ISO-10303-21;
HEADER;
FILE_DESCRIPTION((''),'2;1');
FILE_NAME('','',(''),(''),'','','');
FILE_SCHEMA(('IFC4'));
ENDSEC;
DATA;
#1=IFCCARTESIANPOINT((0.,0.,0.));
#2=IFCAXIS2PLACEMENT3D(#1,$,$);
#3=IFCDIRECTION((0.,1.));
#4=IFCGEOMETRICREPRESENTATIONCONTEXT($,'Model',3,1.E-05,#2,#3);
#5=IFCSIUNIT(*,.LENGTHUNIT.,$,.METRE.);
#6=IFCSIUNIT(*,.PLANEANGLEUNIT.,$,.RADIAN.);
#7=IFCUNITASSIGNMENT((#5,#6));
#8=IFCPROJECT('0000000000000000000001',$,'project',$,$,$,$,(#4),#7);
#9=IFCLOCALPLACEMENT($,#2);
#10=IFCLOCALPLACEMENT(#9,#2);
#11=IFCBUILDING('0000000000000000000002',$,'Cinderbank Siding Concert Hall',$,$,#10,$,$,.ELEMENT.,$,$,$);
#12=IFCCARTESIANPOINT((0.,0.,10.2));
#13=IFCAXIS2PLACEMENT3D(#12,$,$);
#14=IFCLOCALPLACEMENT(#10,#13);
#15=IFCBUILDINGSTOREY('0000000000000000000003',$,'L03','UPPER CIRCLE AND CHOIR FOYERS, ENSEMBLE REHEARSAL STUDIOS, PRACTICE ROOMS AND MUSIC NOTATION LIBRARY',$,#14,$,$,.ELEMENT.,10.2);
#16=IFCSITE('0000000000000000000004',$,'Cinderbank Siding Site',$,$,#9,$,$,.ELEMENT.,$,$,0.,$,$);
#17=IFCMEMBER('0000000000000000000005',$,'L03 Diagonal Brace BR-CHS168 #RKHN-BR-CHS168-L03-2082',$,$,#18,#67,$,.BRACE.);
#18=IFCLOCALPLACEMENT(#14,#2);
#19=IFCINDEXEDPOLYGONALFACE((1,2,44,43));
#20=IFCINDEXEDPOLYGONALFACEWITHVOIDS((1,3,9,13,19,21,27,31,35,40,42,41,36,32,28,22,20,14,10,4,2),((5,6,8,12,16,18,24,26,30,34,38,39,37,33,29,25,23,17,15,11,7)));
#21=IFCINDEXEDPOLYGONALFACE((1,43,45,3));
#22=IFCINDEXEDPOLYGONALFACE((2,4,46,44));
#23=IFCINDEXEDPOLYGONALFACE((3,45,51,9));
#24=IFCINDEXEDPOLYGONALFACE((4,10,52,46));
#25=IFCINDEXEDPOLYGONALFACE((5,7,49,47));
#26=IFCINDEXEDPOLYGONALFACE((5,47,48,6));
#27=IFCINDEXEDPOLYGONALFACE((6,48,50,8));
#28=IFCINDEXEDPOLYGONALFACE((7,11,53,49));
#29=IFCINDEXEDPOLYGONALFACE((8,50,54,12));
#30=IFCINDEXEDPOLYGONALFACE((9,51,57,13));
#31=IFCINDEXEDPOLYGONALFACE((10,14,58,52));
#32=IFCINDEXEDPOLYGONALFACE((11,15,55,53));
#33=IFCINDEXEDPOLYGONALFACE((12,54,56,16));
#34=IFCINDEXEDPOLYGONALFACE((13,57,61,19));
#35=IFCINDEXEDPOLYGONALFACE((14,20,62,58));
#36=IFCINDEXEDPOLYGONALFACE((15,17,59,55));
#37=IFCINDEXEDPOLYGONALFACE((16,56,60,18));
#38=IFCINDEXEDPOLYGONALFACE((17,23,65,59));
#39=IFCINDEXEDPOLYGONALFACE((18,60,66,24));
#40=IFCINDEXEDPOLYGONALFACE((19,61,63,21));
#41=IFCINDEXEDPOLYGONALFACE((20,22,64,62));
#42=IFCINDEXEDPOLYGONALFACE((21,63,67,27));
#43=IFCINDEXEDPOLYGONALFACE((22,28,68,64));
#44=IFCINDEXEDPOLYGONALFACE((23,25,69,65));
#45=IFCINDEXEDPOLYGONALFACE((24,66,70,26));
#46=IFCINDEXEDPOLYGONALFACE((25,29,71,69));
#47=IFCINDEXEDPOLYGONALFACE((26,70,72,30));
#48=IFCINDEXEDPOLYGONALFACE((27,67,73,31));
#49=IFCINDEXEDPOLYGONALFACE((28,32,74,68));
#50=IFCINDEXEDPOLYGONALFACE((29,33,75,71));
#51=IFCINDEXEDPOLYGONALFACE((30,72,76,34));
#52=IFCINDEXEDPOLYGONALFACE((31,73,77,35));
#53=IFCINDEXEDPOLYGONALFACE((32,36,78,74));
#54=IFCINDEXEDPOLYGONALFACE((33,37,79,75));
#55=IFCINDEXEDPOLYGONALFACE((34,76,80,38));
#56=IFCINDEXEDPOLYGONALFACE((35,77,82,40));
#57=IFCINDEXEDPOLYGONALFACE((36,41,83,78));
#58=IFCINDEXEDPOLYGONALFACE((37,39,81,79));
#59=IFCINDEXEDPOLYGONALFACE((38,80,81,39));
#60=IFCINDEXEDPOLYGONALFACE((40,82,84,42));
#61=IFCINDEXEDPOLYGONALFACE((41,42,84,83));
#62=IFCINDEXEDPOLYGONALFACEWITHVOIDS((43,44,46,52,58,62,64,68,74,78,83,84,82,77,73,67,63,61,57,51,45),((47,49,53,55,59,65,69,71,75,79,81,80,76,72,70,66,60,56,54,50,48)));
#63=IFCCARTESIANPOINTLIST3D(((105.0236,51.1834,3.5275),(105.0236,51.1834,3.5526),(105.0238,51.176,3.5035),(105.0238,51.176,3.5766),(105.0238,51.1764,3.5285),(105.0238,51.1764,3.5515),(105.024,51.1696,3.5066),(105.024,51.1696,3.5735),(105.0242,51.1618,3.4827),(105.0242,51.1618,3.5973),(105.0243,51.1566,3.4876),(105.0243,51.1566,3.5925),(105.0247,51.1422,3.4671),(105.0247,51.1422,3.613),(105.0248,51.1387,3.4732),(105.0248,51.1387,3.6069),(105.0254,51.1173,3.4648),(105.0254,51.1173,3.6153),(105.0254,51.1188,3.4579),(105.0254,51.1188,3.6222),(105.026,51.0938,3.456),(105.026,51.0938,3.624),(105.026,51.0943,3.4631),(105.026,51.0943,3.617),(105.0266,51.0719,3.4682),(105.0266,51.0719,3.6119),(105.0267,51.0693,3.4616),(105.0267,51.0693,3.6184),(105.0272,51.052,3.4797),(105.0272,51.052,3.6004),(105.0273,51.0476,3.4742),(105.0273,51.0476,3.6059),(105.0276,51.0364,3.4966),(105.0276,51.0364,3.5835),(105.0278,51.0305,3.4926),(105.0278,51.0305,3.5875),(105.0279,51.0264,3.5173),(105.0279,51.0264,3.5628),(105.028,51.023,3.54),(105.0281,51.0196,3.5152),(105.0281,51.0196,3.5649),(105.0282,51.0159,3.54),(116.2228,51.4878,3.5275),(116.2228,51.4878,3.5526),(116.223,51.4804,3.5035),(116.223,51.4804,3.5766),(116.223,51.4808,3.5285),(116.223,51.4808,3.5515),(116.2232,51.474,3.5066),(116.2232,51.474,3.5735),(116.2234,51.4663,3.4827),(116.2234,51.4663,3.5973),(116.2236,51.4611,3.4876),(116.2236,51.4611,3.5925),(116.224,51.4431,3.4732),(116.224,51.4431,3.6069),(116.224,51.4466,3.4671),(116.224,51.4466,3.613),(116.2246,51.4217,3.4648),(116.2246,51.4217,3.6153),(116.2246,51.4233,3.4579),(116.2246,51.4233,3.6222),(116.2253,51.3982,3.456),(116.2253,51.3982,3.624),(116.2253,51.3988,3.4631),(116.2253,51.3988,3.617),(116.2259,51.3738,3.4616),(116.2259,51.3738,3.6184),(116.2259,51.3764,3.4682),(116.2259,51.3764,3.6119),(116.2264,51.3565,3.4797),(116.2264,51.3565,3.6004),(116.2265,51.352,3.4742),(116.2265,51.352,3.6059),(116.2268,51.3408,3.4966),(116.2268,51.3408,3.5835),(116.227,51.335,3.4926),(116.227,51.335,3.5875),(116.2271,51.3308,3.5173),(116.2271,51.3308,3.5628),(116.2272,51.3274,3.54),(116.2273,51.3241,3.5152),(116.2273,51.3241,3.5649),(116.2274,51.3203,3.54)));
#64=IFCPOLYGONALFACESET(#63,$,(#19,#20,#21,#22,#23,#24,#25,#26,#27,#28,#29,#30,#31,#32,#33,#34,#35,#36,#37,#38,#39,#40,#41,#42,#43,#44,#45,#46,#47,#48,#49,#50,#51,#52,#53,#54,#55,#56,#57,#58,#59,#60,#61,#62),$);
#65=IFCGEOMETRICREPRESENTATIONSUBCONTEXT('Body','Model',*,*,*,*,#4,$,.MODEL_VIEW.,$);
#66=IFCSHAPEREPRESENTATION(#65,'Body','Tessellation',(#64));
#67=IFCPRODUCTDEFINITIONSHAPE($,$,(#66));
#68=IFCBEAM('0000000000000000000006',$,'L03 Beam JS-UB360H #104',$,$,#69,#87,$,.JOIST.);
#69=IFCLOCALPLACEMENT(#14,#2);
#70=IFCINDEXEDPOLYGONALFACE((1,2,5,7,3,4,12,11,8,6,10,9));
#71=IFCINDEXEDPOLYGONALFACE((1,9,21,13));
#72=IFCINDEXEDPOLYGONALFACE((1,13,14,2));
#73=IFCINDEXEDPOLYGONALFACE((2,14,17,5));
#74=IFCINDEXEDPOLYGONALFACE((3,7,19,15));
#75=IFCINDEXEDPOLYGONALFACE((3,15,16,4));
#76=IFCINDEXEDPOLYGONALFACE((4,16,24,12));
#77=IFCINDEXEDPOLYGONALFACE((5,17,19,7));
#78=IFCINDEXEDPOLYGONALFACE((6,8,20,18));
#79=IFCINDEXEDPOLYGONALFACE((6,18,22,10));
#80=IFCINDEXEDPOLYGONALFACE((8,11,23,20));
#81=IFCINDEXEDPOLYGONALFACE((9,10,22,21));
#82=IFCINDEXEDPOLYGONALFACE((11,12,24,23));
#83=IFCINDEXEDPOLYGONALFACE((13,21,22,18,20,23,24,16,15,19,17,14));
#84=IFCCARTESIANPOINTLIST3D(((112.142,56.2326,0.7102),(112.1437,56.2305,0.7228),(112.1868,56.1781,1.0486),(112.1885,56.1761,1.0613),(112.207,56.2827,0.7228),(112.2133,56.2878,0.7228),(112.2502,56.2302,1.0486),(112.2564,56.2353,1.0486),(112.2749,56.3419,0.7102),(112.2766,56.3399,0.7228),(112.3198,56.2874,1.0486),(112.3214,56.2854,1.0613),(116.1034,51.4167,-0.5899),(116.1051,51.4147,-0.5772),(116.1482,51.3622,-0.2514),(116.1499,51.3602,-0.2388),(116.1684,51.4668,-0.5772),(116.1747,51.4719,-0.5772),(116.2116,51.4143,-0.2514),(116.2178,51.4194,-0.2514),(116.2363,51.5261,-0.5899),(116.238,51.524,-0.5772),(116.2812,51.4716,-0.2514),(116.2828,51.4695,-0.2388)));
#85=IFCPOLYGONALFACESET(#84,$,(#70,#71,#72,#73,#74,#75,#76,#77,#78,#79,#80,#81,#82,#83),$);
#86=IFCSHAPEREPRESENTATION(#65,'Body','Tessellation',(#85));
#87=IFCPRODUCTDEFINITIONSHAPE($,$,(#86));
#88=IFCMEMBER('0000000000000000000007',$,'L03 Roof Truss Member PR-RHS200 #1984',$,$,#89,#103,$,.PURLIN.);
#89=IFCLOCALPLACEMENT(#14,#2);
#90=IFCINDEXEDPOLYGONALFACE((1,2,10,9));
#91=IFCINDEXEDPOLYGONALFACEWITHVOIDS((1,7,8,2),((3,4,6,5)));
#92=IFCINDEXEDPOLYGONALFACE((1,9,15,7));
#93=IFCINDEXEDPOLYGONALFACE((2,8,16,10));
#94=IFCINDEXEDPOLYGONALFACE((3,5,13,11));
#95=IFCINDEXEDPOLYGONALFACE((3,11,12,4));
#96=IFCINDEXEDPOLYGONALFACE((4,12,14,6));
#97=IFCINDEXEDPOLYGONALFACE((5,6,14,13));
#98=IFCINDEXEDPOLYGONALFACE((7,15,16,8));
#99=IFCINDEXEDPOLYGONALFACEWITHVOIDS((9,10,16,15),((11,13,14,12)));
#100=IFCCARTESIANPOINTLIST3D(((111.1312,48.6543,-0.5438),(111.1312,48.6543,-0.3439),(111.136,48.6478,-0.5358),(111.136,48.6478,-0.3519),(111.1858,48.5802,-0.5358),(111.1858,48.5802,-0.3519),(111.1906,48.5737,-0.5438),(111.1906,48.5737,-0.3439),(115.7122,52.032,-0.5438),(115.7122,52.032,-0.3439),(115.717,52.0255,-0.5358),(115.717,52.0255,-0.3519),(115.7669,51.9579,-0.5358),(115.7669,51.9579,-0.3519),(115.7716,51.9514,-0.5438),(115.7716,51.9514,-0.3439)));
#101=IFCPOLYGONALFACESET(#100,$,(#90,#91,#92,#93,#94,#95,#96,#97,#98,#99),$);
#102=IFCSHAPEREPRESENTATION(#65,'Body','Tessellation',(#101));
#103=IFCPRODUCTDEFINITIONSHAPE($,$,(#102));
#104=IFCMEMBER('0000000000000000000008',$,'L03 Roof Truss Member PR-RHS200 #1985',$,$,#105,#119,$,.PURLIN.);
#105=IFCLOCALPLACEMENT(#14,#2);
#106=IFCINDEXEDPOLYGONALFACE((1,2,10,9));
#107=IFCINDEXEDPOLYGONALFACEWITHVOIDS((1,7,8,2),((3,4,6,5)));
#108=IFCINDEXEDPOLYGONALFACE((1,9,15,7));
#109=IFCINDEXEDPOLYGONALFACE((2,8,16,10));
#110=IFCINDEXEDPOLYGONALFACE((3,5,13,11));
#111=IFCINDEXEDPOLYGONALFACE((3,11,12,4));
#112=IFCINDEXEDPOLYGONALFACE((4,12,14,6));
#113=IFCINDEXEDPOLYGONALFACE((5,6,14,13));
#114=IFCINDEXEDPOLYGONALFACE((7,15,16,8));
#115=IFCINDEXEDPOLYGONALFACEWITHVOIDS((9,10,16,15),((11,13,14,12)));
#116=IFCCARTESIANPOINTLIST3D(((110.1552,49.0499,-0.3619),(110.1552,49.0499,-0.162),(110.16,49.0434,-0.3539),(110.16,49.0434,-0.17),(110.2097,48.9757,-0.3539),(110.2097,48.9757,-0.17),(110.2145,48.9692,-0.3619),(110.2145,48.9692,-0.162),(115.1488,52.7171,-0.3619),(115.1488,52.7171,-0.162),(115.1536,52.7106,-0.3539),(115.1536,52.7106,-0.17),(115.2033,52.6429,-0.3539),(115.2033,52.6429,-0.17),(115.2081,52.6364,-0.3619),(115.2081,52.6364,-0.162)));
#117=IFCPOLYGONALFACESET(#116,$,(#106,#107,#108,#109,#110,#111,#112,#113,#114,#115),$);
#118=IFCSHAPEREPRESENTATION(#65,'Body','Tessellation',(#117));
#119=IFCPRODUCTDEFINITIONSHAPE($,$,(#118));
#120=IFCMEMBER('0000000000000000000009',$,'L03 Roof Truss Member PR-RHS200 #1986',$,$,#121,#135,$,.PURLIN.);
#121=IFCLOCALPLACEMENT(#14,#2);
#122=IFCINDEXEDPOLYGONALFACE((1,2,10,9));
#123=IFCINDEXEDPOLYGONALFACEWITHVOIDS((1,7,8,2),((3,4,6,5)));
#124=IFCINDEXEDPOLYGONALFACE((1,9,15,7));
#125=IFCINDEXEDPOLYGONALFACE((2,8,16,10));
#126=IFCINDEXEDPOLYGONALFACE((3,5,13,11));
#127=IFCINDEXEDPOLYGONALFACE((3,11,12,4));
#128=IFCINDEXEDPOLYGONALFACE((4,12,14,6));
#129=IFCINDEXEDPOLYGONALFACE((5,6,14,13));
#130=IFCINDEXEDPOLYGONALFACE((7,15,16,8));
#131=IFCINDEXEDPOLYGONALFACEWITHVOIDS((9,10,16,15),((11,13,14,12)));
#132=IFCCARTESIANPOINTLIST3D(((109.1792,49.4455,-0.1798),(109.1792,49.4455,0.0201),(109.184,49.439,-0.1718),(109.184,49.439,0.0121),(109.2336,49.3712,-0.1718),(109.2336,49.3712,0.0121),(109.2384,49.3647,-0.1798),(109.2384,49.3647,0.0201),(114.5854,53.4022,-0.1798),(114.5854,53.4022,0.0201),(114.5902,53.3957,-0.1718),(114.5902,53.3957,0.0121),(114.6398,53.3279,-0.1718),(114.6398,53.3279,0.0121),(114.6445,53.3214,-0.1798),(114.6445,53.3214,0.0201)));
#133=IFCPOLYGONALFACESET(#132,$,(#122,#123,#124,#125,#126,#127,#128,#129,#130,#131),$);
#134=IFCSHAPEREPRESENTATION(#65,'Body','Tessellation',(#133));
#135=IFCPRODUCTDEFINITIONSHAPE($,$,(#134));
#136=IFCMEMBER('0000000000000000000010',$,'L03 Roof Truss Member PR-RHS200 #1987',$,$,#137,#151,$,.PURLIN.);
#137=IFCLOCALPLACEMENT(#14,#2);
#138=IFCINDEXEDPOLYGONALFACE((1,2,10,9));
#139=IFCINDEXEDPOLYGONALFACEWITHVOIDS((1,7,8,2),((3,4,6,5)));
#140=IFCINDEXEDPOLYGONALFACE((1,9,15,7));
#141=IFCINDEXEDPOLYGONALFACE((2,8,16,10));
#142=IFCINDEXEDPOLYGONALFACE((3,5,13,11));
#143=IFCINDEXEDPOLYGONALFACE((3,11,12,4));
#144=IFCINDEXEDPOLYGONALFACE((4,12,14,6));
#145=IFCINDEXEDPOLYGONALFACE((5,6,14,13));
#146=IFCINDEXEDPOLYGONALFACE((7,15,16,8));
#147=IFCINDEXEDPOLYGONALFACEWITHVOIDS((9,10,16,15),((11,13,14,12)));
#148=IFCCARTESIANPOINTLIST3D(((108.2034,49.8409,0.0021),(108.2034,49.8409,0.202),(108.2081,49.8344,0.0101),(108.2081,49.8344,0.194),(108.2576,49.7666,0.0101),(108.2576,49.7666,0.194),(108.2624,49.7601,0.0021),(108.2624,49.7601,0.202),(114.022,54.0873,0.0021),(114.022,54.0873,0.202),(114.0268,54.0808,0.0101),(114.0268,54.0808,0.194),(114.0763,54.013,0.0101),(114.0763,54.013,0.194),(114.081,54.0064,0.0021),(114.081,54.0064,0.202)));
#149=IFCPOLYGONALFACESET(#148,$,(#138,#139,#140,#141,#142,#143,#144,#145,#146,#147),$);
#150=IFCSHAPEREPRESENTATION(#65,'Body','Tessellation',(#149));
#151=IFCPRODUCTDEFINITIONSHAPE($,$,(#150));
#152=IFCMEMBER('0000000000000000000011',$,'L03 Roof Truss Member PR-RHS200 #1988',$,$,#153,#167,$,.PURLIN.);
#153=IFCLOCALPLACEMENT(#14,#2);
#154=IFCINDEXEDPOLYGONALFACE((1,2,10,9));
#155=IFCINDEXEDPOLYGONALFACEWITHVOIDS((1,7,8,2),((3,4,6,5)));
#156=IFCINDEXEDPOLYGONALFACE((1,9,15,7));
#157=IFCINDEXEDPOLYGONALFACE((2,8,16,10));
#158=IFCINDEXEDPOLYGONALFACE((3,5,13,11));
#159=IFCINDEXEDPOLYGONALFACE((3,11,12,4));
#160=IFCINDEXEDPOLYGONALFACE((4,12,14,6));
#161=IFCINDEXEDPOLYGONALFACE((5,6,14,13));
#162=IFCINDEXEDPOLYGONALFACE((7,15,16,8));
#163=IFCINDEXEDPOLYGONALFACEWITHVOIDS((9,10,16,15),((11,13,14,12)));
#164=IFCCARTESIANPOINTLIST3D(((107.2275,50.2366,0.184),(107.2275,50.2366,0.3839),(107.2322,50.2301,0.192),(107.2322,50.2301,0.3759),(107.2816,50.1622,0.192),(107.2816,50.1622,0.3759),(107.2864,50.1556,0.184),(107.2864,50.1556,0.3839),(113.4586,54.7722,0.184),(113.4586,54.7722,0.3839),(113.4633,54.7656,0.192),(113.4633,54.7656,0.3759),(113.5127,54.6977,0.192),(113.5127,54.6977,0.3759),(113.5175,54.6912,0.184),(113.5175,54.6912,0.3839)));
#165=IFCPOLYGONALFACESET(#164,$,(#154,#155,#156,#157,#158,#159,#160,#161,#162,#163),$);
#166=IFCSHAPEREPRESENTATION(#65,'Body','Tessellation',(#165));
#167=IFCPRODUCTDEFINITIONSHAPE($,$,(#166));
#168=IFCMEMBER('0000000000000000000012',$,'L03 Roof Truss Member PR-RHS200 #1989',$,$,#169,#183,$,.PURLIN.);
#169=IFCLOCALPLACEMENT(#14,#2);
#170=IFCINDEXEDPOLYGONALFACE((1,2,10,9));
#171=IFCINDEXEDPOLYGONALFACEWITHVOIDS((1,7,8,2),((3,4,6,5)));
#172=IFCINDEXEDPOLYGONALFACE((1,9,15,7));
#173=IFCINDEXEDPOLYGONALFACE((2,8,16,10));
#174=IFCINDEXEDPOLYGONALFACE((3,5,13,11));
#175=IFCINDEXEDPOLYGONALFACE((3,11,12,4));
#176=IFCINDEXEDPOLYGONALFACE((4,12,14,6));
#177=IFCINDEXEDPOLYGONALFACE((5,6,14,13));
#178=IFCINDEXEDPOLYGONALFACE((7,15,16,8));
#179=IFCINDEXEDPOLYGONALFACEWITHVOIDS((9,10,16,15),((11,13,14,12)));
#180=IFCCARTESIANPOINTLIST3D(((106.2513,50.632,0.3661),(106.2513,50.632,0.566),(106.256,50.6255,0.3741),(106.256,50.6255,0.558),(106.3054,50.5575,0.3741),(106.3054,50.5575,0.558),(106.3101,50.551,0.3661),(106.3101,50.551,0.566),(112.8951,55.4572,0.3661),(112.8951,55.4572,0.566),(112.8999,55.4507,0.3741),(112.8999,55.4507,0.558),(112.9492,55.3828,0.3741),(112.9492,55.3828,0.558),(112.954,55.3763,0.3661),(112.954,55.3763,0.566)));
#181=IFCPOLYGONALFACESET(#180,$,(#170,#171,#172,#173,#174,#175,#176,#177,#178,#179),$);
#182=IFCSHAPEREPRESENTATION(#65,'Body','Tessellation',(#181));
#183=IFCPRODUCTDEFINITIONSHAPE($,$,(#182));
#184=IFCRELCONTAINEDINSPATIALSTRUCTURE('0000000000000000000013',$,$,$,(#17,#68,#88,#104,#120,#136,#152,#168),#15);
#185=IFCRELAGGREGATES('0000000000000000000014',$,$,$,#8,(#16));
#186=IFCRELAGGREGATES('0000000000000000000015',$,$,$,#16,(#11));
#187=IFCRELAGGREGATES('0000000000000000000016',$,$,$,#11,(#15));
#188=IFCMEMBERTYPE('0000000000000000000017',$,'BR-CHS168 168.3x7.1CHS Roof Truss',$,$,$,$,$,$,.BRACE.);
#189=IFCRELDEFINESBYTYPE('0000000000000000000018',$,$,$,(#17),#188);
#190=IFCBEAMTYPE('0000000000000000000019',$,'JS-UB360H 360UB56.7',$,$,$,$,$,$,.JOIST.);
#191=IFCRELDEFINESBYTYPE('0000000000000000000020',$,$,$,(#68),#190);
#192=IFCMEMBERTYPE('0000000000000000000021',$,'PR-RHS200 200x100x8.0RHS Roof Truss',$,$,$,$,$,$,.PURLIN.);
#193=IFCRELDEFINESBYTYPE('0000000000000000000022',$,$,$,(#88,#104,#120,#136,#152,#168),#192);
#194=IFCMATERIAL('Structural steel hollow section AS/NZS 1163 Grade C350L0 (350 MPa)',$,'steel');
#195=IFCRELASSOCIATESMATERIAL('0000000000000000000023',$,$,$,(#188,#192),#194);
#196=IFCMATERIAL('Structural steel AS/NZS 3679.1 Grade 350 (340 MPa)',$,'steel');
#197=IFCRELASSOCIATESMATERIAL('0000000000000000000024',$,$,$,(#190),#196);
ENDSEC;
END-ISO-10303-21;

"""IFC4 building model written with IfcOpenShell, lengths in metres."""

from ifc_helpers import new_model, si_unit, direction, frame, origin, origin_2d, place, context, subcontext, project, spatial, hollow_rectangle, hollow_circle, i_section, extrude, material, material_profile, profile_set, type_object, element, save


model = new_model("IFC4")

# Units and contexts
model_context = context("Model", 3, precision=1e-05, world=origin(), true_north=direction((0.0, 1.0)))
body_context = subcontext(model_context, "Body", "Model", "MODEL_VIEW")
ifc_project = project(units=[si_unit("LENGTHUNIT", "METRE"), si_unit("PLANEANGLEUNIT", "RADIAN")], contexts=[model_context])

# Site, building, storey
site_placement = place(None, origin())
site = spatial("IfcSite", under=ifc_project, at=site_placement, Name="Cinderbank Siding Site", CompositionType="ELEMENT", RefElevation=0.0)
building_placement = place(site_placement, origin())
building = spatial("IfcBuilding", under=site, at=building_placement, Name="Cinderbank Siding Concert Hall", CompositionType="ELEMENT")
storey_placement = place(building_placement, frame((0.0, 0.0, 10.2)))
storey = spatial("IfcBuildingStorey", under=building, at=storey_placement, Name="L03", Description="UPPER CIRCLE AND CHOIR FOYERS, ENSEMBLE REHEARSAL STUDIOS, PRACTICE ROOMS AND MUSIC NOTATION LIBRARY", CompositionType="ELEMENT", Elevation=10.2)

# Shared definitions
ifc_material_1 = material(Name="Structural steel hollow section AS/NZS 1163 Grade C350L0 (350 MPa)", Category="steel")

# Shared definitions
ifc_material_2 = material(Name="Structural steel AS/NZS 3679.1 Grade 350 (340 MPa)", Category="steel")

# Member
ifc_material_profile_1 = material_profile(ifc_material_1, hollow_circle(Radius=0.0842, WallThickness=0.0071, at=origin_2d()), Name="168.3x7.1CHS", Category="LoadBearing")
ifc_profile_set_1 = profile_set([ifc_material_profile_1], Name="Structural steel hollow section AS/NZS 1163 Grade C350L0 (350 MPa)")
member_type_1 = type_object("IfcMemberType", Name="BR-CHS168 168.3x7.1CHS Roof Truss", PredefinedType="BRACE", material=ifc_profile_set_1)
member_1_placement = place(storey_placement, frame((116.2251, 51.4045, 3.54), z_axis=(-0.999631, -0.027174, 0.0), x_axis=(0.027174, -0.999631, 0.0)))
element("IfcMember", 1, at=member_1_placement, inside=storey, type_object=member_type_1, Name="L03 Diagonal Brace BR-CHS168 #RKHN-BR-CHS168-L03-2082", PredefinedType="BRACE", context=body_context, shape_type="SweptSolid", body=[
    extrude(hollow_circle(Radius=0.0842, WallThickness=0.0071, at=origin_2d()), origin(), (0.0, 0.0, 1.0), 11.2034),
])

# Beam
ifc_material_profile_2 = material_profile(ifc_material_2, i_section(OverallWidth=0.1721, OverallDepth=0.3586, WebThickness=0.0081, FlangeThickness=0.0129, at=origin_2d()), Name="360UB56.7", Category="LoadBearing")
ifc_profile_set_2 = profile_set([ifc_material_profile_2], Name="Structural steel AS/NZS 3679.1 Grade 350 (340 MPa)")
beam_type_1 = type_object("IfcBeamType", Name="JS-UB360H 360UB56.7", PredefinedType="JOIST", material=ifc_profile_set_2)
beam_1_placement = place(storey_placement, frame((116.1931, 51.4431, -0.4143), z_axis=(-0.621894, 0.756039, 0.204091), x_axis=(-0.772294, -0.635265, 0.0)))
element("IfcBeam", 2, at=beam_1_placement, inside=storey, type_object=beam_type_1, Name="L03 Beam JS-UB360H #104", PredefinedType="JOIST", context=body_context, shape_type="SweptSolid", body=[
    extrude(i_section(OverallWidth=0.1721, OverallDepth=0.3586, WebThickness=0.0081, FlangeThickness=0.0129, at=origin_2d()), origin(), (0.0, 0.0, 1.0), 6.3699),
])

# Members
ifc_material_profile_3 = material_profile(ifc_material_1, hollow_rectangle(XDim=0.1001, YDim=0.2, WallThickness=0.0081, at=origin_2d()), Name="200x100x8.0RHS", Category="LoadBearing")
ifc_profile_set_3 = profile_set([ifc_material_profile_3], Name="Structural steel hollow section AS/NZS 1163 Grade C350L0 (350 MPa)")
member_type_2 = type_object("IfcMemberType", Name="PR-RHS200 200x100x8.0RHS Roof Truss", PredefinedType="PURLIN", material=ifc_profile_set_3)
member_2_placement = place(storey_placement, frame((115.7419, 51.9917, -0.4438), z_axis=(-0.804874, -0.593446, 0.0), x_axis=(0.593446, -0.804874, 0.0)))
element("IfcMember", 3, at=member_2_placement, inside=storey, type_object=member_type_2, Name="L03 Roof Truss Member PR-RHS200 #1984", PredefinedType="PURLIN", context=body_context, shape_type="SweptSolid", body=[
    extrude(hollow_rectangle(XDim=0.1001, YDim=0.2, WallThickness=0.0081, at=origin_2d()), origin(), (0.0, 0.0, 1.0), 5.6917),
])
member_3_placement = place(storey_placement, frame((115.1785, 52.6768, -0.262), z_axis=(-0.806003, -0.591912, 0.0), x_axis=(0.591912, -0.806003, 0.0)))
element("IfcMember", 4, at=member_3_placement, inside=storey, type_object=member_type_2, Name="L03 Roof Truss Member PR-RHS200 #1985", PredefinedType="PURLIN", context=body_context, shape_type="SweptSolid", body=[
    extrude(hollow_rectangle(XDim=0.1001, YDim=0.2, WallThickness=0.0081, at=origin_2d()), origin(), (0.0, 0.0, 1.0), 6.1956),
])
member_4_placement = place(storey_placement, frame((114.615, 53.3618, -0.0798), z_axis=(-0.80696, -0.590607, 0.0), x_axis=(0.590607, -0.80696, 0.0)))
element("IfcMember", 5, at=member_4_placement, inside=storey, type_object=member_type_2, Name="L03 Roof Truss Member PR-RHS200 #1986", PredefinedType="PURLIN", context=body_context, shape_type="SweptSolid", body=[
    extrude(hollow_rectangle(XDim=0.1001, YDim=0.2, WallThickness=0.0081, at=origin_2d()), origin(), (0.0, 0.0, 1.0), 6.6995),
])
member_5_placement = place(storey_placement, frame((114.0515, 54.0469, 0.1021), z_axis=(-0.807769, -0.589499, 0.0), x_axis=(0.589499, -0.807769, 0.0)))
element("IfcMember", 6, at=member_5_placement, inside=storey, type_object=member_type_2, Name="L03 Roof Truss Member PR-RHS200 #1987", PredefinedType="PURLIN", context=body_context, shape_type="SweptSolid", body=[
    extrude(hollow_rectangle(XDim=0.1001, YDim=0.2, WallThickness=0.0081, at=origin_2d()), origin(), (0.0, 0.0, 1.0), 7.2034),
])
member_6_placement = place(storey_placement, frame((113.488, 54.7317, 0.2839), z_axis=(-0.808498, -0.588499, 0.0), x_axis=(0.588499, -0.808498, 0.0)))
element("IfcMember", 7, at=member_6_placement, inside=storey, type_object=member_type_2, Name="L03 Roof Truss Member PR-RHS200 #1988", PredefinedType="PURLIN", context=body_context, shape_type="SweptSolid", body=[
    extrude(hollow_rectangle(XDim=0.1001, YDim=0.2, WallThickness=0.0081, at=origin_2d()), origin(), (0.0, 0.0, 1.0), 7.707),
])
member_7_placement = place(storey_placement, frame((112.9246, 55.4167, 0.4661), z_axis=(-0.809122, -0.587641, 0.0), x_axis=(0.587641, -0.809122, 0.0)))
element("IfcMember", 8, at=member_7_placement, inside=storey, type_object=member_type_2, Name="L03 Roof Truss Member PR-RHS200 #1989", PredefinedType="PURLIN", context=body_context, shape_type="SweptSolid", body=[
    extrude(hollow_rectangle(XDim=0.1001, YDim=0.2, WallThickness=0.0081, at=origin_2d()), origin(), (0.0, 0.0, 1.0), 8.2112),
])

save(model, "model.ifc")
